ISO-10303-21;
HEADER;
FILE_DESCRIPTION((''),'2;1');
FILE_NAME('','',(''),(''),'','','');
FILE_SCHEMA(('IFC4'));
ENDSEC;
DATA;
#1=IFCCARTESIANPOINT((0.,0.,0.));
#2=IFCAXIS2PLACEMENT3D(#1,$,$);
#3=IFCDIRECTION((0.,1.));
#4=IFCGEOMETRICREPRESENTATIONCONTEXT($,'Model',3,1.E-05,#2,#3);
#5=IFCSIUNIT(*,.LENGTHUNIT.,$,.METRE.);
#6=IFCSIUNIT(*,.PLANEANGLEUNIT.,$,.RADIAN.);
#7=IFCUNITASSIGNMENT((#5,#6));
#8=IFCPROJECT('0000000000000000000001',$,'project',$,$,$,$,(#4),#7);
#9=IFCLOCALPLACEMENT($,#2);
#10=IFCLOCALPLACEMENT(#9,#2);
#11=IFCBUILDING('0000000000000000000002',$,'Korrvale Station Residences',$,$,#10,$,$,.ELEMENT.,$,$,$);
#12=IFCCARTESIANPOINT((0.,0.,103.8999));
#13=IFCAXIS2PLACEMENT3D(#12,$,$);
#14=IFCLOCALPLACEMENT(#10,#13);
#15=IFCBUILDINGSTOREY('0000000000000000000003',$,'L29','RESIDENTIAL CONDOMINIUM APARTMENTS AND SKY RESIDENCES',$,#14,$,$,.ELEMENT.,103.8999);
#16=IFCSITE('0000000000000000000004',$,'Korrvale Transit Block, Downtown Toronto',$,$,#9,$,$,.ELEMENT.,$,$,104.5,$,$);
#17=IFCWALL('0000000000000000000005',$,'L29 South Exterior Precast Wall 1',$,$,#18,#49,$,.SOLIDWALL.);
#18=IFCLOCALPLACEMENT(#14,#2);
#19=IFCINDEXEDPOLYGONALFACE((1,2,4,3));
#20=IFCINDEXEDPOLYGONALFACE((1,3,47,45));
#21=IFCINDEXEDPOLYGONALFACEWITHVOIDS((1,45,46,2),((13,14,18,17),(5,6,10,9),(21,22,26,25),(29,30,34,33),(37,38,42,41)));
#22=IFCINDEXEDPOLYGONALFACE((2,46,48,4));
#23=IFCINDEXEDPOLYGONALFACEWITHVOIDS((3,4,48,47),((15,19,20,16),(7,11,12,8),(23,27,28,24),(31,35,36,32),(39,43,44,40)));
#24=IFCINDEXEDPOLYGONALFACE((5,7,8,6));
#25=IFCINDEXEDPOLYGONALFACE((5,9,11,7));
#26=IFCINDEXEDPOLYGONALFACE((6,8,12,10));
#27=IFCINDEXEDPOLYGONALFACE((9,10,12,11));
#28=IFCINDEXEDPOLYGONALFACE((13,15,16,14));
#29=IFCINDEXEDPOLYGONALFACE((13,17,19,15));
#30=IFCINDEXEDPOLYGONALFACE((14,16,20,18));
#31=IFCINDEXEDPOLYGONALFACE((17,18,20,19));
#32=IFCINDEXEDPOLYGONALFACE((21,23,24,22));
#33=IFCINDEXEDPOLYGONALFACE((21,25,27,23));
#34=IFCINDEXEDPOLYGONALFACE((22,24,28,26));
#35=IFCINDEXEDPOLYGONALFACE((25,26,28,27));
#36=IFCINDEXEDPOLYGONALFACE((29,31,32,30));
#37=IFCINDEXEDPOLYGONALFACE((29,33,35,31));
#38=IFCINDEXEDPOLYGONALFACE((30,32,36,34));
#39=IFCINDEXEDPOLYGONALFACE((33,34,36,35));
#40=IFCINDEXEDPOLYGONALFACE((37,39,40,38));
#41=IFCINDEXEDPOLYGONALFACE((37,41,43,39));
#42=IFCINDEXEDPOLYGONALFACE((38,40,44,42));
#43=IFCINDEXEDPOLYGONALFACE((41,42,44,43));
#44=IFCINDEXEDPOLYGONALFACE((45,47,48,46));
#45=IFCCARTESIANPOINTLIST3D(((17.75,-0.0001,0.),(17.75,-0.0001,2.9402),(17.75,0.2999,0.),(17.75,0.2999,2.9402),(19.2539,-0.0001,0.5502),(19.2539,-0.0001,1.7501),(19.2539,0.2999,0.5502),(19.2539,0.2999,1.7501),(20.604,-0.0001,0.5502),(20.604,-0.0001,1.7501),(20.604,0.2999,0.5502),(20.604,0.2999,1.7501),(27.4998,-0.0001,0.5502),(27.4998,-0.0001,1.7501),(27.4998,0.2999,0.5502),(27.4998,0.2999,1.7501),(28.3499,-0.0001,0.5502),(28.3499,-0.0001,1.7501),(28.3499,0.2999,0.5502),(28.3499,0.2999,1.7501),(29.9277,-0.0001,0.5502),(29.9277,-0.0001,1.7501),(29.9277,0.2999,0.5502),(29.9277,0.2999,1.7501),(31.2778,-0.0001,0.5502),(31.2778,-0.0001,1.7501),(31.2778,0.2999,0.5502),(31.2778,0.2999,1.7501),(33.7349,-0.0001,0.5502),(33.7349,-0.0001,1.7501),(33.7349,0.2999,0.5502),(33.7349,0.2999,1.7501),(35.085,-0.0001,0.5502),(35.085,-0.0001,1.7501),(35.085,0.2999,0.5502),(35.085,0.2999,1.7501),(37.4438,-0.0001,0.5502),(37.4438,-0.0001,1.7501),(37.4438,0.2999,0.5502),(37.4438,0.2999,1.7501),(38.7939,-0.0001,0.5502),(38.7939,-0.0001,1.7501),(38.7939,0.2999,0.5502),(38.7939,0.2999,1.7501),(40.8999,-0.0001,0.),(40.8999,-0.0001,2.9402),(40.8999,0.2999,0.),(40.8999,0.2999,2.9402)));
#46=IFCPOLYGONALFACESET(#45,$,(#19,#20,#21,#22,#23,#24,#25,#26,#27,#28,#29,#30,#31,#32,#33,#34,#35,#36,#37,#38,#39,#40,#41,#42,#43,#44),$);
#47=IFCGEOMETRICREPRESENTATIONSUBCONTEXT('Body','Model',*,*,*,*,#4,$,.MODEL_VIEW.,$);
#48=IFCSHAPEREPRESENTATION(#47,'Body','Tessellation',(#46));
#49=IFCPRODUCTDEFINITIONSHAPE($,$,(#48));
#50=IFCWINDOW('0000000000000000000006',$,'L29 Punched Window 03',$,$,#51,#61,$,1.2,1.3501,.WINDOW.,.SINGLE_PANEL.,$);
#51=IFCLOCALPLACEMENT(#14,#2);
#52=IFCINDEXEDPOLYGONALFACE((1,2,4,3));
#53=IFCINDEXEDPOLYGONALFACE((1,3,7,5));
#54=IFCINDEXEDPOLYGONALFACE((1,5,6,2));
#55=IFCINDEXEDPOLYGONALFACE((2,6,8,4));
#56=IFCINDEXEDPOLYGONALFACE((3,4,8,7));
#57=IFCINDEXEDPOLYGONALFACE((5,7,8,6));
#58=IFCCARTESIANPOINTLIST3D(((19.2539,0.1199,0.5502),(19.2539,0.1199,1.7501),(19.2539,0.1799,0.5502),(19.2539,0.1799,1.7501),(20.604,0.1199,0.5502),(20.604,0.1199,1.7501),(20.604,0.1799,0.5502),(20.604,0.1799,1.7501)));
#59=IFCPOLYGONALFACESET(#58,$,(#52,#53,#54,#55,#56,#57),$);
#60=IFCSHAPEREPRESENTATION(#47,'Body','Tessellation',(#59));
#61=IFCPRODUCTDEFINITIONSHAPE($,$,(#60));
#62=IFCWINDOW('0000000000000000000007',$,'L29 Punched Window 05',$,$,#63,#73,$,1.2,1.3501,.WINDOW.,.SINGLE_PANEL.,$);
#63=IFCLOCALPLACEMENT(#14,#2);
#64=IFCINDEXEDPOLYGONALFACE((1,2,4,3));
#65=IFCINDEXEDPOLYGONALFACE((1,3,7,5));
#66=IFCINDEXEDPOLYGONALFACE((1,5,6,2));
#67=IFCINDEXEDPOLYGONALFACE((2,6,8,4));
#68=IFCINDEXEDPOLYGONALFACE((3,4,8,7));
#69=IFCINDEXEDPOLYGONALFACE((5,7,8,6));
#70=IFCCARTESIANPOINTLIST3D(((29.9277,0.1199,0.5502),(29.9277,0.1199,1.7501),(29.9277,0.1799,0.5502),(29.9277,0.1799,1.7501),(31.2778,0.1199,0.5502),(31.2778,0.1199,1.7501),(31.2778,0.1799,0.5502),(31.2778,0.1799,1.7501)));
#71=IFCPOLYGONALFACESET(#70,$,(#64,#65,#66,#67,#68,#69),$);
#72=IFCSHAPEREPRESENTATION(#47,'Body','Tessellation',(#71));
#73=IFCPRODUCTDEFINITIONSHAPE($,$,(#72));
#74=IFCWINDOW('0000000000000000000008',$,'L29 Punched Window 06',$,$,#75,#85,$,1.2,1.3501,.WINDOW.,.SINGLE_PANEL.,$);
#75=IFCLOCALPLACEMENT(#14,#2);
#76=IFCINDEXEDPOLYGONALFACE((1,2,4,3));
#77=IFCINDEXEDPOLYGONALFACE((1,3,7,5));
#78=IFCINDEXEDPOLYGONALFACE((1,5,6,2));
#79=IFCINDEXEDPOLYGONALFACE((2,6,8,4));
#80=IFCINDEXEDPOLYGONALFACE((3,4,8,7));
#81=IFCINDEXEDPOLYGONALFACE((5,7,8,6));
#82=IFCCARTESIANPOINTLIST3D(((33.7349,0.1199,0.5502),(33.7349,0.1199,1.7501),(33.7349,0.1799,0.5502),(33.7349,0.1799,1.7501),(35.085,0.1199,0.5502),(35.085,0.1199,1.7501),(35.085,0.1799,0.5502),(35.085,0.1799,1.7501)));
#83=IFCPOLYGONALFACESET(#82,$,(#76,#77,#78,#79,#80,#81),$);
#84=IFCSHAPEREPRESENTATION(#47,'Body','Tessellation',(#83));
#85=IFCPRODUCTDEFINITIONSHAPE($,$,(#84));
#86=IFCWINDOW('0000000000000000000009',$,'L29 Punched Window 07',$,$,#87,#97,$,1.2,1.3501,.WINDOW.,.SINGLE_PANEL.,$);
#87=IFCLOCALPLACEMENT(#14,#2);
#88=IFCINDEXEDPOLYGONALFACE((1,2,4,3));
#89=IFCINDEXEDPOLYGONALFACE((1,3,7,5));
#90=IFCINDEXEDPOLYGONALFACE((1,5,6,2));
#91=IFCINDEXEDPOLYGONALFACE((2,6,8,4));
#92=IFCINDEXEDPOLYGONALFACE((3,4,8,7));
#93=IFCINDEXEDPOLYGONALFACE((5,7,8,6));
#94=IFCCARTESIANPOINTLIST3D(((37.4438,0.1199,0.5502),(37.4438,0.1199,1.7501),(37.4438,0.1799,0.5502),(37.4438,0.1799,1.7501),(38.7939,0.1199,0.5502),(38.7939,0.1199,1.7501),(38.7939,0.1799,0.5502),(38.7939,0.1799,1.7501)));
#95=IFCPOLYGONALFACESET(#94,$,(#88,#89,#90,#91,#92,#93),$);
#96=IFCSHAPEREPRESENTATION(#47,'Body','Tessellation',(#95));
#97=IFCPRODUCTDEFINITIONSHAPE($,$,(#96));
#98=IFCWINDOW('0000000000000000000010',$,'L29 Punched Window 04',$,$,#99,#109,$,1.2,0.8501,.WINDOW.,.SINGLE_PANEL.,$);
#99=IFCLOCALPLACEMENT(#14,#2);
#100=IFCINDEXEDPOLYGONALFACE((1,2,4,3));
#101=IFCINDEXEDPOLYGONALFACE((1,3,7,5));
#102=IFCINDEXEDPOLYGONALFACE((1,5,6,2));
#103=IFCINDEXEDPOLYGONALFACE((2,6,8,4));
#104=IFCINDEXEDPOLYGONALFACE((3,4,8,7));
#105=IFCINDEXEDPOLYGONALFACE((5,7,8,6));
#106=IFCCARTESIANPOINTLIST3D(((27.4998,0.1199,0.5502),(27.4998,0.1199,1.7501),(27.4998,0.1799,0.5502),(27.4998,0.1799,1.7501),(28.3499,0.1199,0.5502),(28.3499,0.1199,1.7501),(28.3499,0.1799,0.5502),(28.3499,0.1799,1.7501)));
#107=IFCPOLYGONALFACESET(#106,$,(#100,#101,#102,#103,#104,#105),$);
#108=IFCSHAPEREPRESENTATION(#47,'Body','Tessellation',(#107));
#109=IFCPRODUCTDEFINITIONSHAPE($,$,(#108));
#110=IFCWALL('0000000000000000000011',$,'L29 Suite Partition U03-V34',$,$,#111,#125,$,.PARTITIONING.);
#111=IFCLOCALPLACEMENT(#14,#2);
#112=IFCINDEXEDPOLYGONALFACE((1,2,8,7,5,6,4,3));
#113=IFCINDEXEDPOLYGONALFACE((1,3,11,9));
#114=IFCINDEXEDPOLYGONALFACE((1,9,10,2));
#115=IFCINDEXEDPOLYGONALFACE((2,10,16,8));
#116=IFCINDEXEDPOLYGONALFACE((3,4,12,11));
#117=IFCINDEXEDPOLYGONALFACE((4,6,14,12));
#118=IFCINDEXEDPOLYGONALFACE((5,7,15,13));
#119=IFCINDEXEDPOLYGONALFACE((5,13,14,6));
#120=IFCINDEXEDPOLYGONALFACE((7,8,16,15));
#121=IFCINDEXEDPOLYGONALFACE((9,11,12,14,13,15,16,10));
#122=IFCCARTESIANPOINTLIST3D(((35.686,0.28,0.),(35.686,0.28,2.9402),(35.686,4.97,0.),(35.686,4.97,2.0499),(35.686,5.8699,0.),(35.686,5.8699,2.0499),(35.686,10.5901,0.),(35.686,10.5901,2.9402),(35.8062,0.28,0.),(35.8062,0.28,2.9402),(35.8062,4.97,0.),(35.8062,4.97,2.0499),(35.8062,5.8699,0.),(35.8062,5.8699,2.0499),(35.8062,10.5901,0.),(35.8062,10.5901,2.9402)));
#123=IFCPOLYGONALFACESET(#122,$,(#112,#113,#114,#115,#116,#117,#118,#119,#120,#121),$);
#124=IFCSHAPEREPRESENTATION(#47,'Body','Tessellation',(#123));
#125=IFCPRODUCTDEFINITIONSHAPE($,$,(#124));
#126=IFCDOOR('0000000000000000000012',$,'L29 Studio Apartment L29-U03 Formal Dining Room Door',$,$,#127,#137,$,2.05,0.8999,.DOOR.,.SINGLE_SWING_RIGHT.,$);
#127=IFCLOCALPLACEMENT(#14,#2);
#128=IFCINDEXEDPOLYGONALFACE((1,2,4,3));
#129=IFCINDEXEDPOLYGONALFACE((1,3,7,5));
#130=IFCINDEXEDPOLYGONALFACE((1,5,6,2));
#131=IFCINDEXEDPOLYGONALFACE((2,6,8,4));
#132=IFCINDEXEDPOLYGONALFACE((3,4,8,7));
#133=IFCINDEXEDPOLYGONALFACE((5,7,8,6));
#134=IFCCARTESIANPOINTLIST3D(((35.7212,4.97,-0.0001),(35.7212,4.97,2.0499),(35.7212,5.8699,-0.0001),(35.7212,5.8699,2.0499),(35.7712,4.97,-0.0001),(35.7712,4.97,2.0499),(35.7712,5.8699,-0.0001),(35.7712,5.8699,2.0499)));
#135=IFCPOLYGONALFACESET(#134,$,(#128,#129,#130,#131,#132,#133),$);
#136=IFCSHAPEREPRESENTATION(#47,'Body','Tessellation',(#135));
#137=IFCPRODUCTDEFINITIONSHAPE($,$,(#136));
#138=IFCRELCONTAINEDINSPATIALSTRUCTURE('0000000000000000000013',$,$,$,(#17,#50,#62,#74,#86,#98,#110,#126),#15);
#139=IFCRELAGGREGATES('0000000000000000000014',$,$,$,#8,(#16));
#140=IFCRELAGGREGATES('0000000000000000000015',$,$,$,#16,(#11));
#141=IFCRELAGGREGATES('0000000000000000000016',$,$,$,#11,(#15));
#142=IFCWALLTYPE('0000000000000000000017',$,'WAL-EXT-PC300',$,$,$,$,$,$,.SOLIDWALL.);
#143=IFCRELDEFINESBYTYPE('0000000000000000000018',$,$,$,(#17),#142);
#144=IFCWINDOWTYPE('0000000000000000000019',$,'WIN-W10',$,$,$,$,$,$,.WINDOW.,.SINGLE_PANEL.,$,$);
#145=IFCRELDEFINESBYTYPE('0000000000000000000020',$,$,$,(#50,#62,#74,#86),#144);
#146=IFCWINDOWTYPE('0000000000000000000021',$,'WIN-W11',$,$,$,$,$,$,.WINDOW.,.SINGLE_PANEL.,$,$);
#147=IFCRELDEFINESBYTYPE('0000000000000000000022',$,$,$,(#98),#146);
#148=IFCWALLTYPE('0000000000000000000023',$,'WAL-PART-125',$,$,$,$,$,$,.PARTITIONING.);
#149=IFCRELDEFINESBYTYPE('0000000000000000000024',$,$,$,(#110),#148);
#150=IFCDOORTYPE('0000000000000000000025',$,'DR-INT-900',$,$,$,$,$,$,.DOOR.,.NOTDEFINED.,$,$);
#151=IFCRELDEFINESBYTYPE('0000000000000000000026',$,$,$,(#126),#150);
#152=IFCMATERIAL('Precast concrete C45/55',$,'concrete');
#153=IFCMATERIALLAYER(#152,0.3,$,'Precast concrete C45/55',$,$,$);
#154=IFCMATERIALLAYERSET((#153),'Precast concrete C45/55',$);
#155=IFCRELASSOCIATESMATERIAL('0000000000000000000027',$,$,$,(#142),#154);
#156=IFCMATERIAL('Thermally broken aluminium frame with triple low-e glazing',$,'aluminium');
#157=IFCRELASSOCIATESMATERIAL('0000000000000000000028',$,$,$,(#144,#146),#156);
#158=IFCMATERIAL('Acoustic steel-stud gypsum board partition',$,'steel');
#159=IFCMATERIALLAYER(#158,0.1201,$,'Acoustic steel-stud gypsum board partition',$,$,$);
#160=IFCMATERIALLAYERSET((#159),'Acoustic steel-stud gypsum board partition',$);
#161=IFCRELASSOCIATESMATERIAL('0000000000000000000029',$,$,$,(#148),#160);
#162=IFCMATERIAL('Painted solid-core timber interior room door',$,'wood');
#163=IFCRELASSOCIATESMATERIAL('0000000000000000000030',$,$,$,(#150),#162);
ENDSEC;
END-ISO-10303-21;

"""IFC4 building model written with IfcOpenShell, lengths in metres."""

from ifc_helpers import new_model, si_unit, direction, frame, frame_2d, origin, place, context, subcontext, project, spatial, rectangle, extrude, material, layer, layer_set, type_object, element, fill, save


model = new_model("IFC4")

# Units and contexts
model_context = context("Model", 3, precision=1e-05, world=origin(), true_north=direction((0.0, 1.0)))
body_context = subcontext(model_context, "Body", "Model", "MODEL_VIEW")
ifc_project = project(units=[si_unit("LENGTHUNIT", "METRE"), si_unit("PLANEANGLEUNIT", "RADIAN")], contexts=[model_context])

# Site, building, storey
site_placement = place(None, origin())
site = spatial("IfcSite", under=ifc_project, at=site_placement, Name="Korrvale Transit Block, Downtown Toronto", CompositionType="ELEMENT", RefElevation=104.5)
building_placement = place(site_placement, origin())
building = spatial("IfcBuilding", under=site, at=building_placement, Name="Korrvale Station Residences", CompositionType="ELEMENT")
storey_placement = place(building_placement, frame((0.0, 0.0, 103.8999)))
storey = spatial("IfcBuildingStorey", under=building, at=storey_placement, Name="L29", Description="RESIDENTIAL CONDOMINIUM APARTMENTS AND SKY RESIDENCES", CompositionType="ELEMENT", Elevation=103.8999)

# Shared definitions
ifc_material_1 = material(Name="Precast concrete C45/55", Category="concrete")

# Wall, openings, windows
ifc_layer_1 = layer(ifc_material_1, 0.3, Name="Precast concrete C45/55")
ifc_layer_set_1 = layer_set([ifc_layer_1], Name="Precast concrete C45/55")
wall_type_1 = type_object("IfcWallType", Name="WAL-EXT-PC300", PredefinedType="SOLIDWALL", material=ifc_layer_set_1)
wall_1_placement = place(storey_placement, frame((40.8999, 0.1499, 0.0), z_axis=(0.0, 0.0, 1.0), x_axis=(-1.0, 0.0, 0.0)))
wall_1 = element("IfcWall", 1, at=wall_1_placement, inside=storey, type_object=wall_type_1, Name="L29 South Exterior Precast Wall 1", PredefinedType="SOLIDWALL", context=body_context, shape_type="SweptSolid", body=[
    extrude(rectangle(XDim=23.1499, YDim=0.3, at=frame_2d((11.575, 0.0))), origin(), (0.0, 0.0, 1.0), 2.9402),
])
opening_1_placement = place(wall_1_placement, frame((20.2959, 0.0, 0.55)))
opening_1 = element("IfcOpeningElement", 2, at=opening_1_placement, cuts=wall_1, PredefinedType="OPENING", context=body_context, shape_type="SweptSolid", body=[
    extrude(rectangle(XDim=1.3501, YDim=1.2, at=frame_2d((0.675, 0.6001))), frame((0.0, 0.1602, 0.0), z_axis=(0.0, -1.0, 0.0), x_axis=(1.0, 0.0, 0.0)), (0.0, 0.0, 1.0), 0.3201),
])
opening_2_placement = place(wall_1_placement, frame((12.55, 0.0, 0.55)))
opening_2 = element("IfcOpeningElement", 3, at=opening_2_placement, cuts=wall_1, PredefinedType="OPENING", context=body_context, shape_type="SweptSolid", body=[
    extrude(rectangle(XDim=0.8501, YDim=1.2, at=frame_2d((0.425, 0.6001))), frame((0.0, 0.1602, 0.0), z_axis=(0.0, -1.0, 0.0), x_axis=(1.0, 0.0, 0.0)), (0.0, 0.0, 1.0), 0.3201),
])
opening_3_placement = place(wall_1_placement, frame((9.6221, 0.0, 0.55)))
opening_3 = element("IfcOpeningElement", 4, at=opening_3_placement, cuts=wall_1, PredefinedType="OPENING", context=body_context, shape_type="SweptSolid", body=[
    extrude(rectangle(XDim=1.3501, YDim=1.2, at=frame_2d((0.675, 0.6001))), frame((0.0, 0.1602, 0.0), z_axis=(0.0, -1.0, 0.0), x_axis=(1.0, 0.0, 0.0)), (0.0, 0.0, 1.0), 0.3201),
])
opening_4_placement = place(wall_1_placement, frame((5.8149, 0.0, 0.55)))
opening_4 = element("IfcOpeningElement", 5, at=opening_4_placement, cuts=wall_1, PredefinedType="OPENING", context=body_context, shape_type="SweptSolid", body=[
    extrude(rectangle(XDim=1.3501, YDim=1.2, at=frame_2d((0.675, 0.6001))), frame((0.0, 0.1602, 0.0), z_axis=(0.0, -1.0, 0.0), x_axis=(1.0, 0.0, 0.0)), (0.0, 0.0, 1.0), 0.3201),
])
opening_5_placement = place(wall_1_placement, frame((2.106, 0.0, 0.55)))
opening_5 = element("IfcOpeningElement", 6, at=opening_5_placement, cuts=wall_1, PredefinedType="OPENING", context=body_context, shape_type="SweptSolid", body=[
    extrude(rectangle(XDim=1.3501, YDim=1.2, at=frame_2d((0.675, 0.6001))), frame((0.0, 0.1602, 0.0), z_axis=(0.0, -1.0, 0.0), x_axis=(1.0, 0.0, 0.0)), (0.0, 0.0, 1.0), 0.3201),
])
ifc_material_2 = material(Name="Thermally broken aluminium frame with triple low-e glazing", Category="aluminium")
window_type_1 = type_object("IfcWindowType", Name="WIN-W10", PartitioningType="SINGLE_PANEL", PredefinedType="WINDOW", material=ifc_material_2)
window_1_placement = place(opening_1_placement, origin())
window_1 = element("IfcWindow", 7, at=window_1_placement, inside=storey, type_object=window_type_1, Name="L29 Punched Window 03", OverallHeight=1.2, OverallWidth=1.3501, PartitioningType="SINGLE_PANEL", PredefinedType="WINDOW", context=body_context, shape_type="SweptSolid", body=[
    extrude(rectangle(XDim=1.3501, YDim=1.2, at=frame_2d((0.675, 0.6001))), frame((0.0, 0.03, 0.0), z_axis=(0.0, -1.0, 0.0), x_axis=(1.0, 0.0, 0.0)), (0.0, 0.0, 1.0), 0.0601),
])
fill(opening_1, window_1)
window_2_placement = place(opening_3_placement, origin())
window_2 = element("IfcWindow", 8, at=window_2_placement, inside=storey, type_object=window_type_1, Name="L29 Punched Window 05", OverallHeight=1.2, OverallWidth=1.3501, PartitioningType="SINGLE_PANEL", PredefinedType="WINDOW", context=body_context, shape_type="SweptSolid", body=[
    extrude(rectangle(XDim=1.3501, YDim=1.2, at=frame_2d((0.675, 0.6001))), frame((0.0, 0.03, 0.0), z_axis=(0.0, -1.0, 0.0), x_axis=(1.0, 0.0, 0.0)), (0.0, 0.0, 1.0), 0.0601),
])
fill(opening_3, window_2)
window_3_placement = place(opening_4_placement, origin())
window_3 = element("IfcWindow", 9, at=window_3_placement, inside=storey, type_object=window_type_1, Name="L29 Punched Window 06", OverallHeight=1.2, OverallWidth=1.3501, PartitioningType="SINGLE_PANEL", PredefinedType="WINDOW", context=body_context, shape_type="SweptSolid", body=[
    extrude(rectangle(XDim=1.3501, YDim=1.2, at=frame_2d((0.675, 0.6001))), frame((0.0, 0.03, 0.0), z_axis=(0.0, -1.0, 0.0), x_axis=(1.0, 0.0, 0.0)), (0.0, 0.0, 1.0), 0.0601),
])
fill(opening_4, window_3)
window_4_placement = place(opening_5_placement, origin())
window_4 = element("IfcWindow", 10, at=window_4_placement, inside=storey, type_object=window_type_1, Name="L29 Punched Window 07", OverallHeight=1.2, OverallWidth=1.3501, PartitioningType="SINGLE_PANEL", PredefinedType="WINDOW", context=body_context, shape_type="SweptSolid", body=[
    extrude(rectangle(XDim=1.3501, YDim=1.2, at=frame_2d((0.675, 0.6001))), frame((0.0, 0.03, 0.0), z_axis=(0.0, -1.0, 0.0), x_axis=(1.0, 0.0, 0.0)), (0.0, 0.0, 1.0), 0.0601),
])
fill(opening_5, window_4)
window_type_2 = type_object("IfcWindowType", Name="WIN-W11", PartitioningType="SINGLE_PANEL", PredefinedType="WINDOW", material=ifc_material_2)
window_5_placement = place(opening_2_placement, origin())
window_5 = element("IfcWindow", 11, at=window_5_placement, inside=storey, type_object=window_type_2, Name="L29 Punched Window 04", OverallHeight=1.2, OverallWidth=0.8501, PartitioningType="SINGLE_PANEL", PredefinedType="WINDOW", context=body_context, shape_type="SweptSolid", body=[
    extrude(rectangle(XDim=0.8501, YDim=1.2, at=frame_2d((0.425, 0.6001))), frame((0.0, 0.03, 0.0), z_axis=(0.0, -1.0, 0.0), x_axis=(1.0, 0.0, 0.0)), (0.0, 0.0, 1.0), 0.0601),
])
fill(opening_2, window_5)

# Wall, opening, door
ifc_material_3 = material(Name="Acoustic steel-stud gypsum board partition", Category="steel")
ifc_layer_2 = layer(ifc_material_3, 0.1201, Name="Acoustic steel-stud gypsum board partition")
ifc_layer_set_2 = layer_set([ifc_layer_2], Name="Acoustic steel-stud gypsum board partition")
wall_type_2 = type_object("IfcWallType", Name="WAL-PART-125", PredefinedType="PARTITIONING", material=ifc_layer_set_2)
wall_2_placement = place(storey_placement, frame((35.7461, 0.28, 0.0), z_axis=(0.0, 0.0, 1.0), x_axis=(0.0, 1.0, 0.0)))
wall_2 = element("IfcWall", 12, at=wall_2_placement, inside=storey, type_object=wall_type_2, Name="L29 Suite Partition U03-V34", PredefinedType="PARTITIONING", context=body_context, shape_type="SweptSolid", body=[
    extrude(rectangle(XDim=10.3101, YDim=0.1201, at=frame_2d((5.155, 0.0))), origin(), (0.0, 0.0, 1.0), 2.9402),
])
opening_6_placement = place(wall_2_placement, frame((4.6899, 0.0, 0.0)))
opening_6 = element("IfcOpeningElement", 13, at=opening_6_placement, cuts=wall_2, PredefinedType="OPENING", context=body_context, shape_type="SweptSolid", body=[
    extrude(rectangle(XDim=0.8999, YDim=2.05, at=frame_2d((0.45, 1.0249))), frame((0.0, 0.0701, 0.0), z_axis=(0.0, -1.0, 0.0), x_axis=(1.0, 0.0, 0.0)), (0.0, 0.0, 1.0), 0.1401),
])
ifc_material_4 = material(Name="Painted solid-core timber interior room door", Category="wood")
door_type = type_object("IfcDoorType", Name="DR-INT-900", OperationType="NOTDEFINED", PredefinedType="DOOR", material=ifc_material_4)
door_1_placement = place(opening_6_placement, origin())
door_1 = element("IfcDoor", 14, at=door_1_placement, inside=storey, type_object=door_type, Name="L29 Studio Apartment L29-U03 Formal Dining Room Door", OperationType="SINGLE_SWING_RIGHT", OverallHeight=2.05, OverallWidth=0.8999, PredefinedType="DOOR", context=body_context, shape_type="SweptSolid", body=[
    extrude(rectangle(XDim=0.8999, YDim=2.05, at=frame_2d((0.45, 1.0249))), frame((0.0, 0.0249, 0.0), z_axis=(0.0, -1.0, 0.0), x_axis=(1.0, 0.0, 0.0)), (0.0, 0.0, 1.0), 0.05),
])
fill(opening_6, door_1)

save(model, "model.ifc")
